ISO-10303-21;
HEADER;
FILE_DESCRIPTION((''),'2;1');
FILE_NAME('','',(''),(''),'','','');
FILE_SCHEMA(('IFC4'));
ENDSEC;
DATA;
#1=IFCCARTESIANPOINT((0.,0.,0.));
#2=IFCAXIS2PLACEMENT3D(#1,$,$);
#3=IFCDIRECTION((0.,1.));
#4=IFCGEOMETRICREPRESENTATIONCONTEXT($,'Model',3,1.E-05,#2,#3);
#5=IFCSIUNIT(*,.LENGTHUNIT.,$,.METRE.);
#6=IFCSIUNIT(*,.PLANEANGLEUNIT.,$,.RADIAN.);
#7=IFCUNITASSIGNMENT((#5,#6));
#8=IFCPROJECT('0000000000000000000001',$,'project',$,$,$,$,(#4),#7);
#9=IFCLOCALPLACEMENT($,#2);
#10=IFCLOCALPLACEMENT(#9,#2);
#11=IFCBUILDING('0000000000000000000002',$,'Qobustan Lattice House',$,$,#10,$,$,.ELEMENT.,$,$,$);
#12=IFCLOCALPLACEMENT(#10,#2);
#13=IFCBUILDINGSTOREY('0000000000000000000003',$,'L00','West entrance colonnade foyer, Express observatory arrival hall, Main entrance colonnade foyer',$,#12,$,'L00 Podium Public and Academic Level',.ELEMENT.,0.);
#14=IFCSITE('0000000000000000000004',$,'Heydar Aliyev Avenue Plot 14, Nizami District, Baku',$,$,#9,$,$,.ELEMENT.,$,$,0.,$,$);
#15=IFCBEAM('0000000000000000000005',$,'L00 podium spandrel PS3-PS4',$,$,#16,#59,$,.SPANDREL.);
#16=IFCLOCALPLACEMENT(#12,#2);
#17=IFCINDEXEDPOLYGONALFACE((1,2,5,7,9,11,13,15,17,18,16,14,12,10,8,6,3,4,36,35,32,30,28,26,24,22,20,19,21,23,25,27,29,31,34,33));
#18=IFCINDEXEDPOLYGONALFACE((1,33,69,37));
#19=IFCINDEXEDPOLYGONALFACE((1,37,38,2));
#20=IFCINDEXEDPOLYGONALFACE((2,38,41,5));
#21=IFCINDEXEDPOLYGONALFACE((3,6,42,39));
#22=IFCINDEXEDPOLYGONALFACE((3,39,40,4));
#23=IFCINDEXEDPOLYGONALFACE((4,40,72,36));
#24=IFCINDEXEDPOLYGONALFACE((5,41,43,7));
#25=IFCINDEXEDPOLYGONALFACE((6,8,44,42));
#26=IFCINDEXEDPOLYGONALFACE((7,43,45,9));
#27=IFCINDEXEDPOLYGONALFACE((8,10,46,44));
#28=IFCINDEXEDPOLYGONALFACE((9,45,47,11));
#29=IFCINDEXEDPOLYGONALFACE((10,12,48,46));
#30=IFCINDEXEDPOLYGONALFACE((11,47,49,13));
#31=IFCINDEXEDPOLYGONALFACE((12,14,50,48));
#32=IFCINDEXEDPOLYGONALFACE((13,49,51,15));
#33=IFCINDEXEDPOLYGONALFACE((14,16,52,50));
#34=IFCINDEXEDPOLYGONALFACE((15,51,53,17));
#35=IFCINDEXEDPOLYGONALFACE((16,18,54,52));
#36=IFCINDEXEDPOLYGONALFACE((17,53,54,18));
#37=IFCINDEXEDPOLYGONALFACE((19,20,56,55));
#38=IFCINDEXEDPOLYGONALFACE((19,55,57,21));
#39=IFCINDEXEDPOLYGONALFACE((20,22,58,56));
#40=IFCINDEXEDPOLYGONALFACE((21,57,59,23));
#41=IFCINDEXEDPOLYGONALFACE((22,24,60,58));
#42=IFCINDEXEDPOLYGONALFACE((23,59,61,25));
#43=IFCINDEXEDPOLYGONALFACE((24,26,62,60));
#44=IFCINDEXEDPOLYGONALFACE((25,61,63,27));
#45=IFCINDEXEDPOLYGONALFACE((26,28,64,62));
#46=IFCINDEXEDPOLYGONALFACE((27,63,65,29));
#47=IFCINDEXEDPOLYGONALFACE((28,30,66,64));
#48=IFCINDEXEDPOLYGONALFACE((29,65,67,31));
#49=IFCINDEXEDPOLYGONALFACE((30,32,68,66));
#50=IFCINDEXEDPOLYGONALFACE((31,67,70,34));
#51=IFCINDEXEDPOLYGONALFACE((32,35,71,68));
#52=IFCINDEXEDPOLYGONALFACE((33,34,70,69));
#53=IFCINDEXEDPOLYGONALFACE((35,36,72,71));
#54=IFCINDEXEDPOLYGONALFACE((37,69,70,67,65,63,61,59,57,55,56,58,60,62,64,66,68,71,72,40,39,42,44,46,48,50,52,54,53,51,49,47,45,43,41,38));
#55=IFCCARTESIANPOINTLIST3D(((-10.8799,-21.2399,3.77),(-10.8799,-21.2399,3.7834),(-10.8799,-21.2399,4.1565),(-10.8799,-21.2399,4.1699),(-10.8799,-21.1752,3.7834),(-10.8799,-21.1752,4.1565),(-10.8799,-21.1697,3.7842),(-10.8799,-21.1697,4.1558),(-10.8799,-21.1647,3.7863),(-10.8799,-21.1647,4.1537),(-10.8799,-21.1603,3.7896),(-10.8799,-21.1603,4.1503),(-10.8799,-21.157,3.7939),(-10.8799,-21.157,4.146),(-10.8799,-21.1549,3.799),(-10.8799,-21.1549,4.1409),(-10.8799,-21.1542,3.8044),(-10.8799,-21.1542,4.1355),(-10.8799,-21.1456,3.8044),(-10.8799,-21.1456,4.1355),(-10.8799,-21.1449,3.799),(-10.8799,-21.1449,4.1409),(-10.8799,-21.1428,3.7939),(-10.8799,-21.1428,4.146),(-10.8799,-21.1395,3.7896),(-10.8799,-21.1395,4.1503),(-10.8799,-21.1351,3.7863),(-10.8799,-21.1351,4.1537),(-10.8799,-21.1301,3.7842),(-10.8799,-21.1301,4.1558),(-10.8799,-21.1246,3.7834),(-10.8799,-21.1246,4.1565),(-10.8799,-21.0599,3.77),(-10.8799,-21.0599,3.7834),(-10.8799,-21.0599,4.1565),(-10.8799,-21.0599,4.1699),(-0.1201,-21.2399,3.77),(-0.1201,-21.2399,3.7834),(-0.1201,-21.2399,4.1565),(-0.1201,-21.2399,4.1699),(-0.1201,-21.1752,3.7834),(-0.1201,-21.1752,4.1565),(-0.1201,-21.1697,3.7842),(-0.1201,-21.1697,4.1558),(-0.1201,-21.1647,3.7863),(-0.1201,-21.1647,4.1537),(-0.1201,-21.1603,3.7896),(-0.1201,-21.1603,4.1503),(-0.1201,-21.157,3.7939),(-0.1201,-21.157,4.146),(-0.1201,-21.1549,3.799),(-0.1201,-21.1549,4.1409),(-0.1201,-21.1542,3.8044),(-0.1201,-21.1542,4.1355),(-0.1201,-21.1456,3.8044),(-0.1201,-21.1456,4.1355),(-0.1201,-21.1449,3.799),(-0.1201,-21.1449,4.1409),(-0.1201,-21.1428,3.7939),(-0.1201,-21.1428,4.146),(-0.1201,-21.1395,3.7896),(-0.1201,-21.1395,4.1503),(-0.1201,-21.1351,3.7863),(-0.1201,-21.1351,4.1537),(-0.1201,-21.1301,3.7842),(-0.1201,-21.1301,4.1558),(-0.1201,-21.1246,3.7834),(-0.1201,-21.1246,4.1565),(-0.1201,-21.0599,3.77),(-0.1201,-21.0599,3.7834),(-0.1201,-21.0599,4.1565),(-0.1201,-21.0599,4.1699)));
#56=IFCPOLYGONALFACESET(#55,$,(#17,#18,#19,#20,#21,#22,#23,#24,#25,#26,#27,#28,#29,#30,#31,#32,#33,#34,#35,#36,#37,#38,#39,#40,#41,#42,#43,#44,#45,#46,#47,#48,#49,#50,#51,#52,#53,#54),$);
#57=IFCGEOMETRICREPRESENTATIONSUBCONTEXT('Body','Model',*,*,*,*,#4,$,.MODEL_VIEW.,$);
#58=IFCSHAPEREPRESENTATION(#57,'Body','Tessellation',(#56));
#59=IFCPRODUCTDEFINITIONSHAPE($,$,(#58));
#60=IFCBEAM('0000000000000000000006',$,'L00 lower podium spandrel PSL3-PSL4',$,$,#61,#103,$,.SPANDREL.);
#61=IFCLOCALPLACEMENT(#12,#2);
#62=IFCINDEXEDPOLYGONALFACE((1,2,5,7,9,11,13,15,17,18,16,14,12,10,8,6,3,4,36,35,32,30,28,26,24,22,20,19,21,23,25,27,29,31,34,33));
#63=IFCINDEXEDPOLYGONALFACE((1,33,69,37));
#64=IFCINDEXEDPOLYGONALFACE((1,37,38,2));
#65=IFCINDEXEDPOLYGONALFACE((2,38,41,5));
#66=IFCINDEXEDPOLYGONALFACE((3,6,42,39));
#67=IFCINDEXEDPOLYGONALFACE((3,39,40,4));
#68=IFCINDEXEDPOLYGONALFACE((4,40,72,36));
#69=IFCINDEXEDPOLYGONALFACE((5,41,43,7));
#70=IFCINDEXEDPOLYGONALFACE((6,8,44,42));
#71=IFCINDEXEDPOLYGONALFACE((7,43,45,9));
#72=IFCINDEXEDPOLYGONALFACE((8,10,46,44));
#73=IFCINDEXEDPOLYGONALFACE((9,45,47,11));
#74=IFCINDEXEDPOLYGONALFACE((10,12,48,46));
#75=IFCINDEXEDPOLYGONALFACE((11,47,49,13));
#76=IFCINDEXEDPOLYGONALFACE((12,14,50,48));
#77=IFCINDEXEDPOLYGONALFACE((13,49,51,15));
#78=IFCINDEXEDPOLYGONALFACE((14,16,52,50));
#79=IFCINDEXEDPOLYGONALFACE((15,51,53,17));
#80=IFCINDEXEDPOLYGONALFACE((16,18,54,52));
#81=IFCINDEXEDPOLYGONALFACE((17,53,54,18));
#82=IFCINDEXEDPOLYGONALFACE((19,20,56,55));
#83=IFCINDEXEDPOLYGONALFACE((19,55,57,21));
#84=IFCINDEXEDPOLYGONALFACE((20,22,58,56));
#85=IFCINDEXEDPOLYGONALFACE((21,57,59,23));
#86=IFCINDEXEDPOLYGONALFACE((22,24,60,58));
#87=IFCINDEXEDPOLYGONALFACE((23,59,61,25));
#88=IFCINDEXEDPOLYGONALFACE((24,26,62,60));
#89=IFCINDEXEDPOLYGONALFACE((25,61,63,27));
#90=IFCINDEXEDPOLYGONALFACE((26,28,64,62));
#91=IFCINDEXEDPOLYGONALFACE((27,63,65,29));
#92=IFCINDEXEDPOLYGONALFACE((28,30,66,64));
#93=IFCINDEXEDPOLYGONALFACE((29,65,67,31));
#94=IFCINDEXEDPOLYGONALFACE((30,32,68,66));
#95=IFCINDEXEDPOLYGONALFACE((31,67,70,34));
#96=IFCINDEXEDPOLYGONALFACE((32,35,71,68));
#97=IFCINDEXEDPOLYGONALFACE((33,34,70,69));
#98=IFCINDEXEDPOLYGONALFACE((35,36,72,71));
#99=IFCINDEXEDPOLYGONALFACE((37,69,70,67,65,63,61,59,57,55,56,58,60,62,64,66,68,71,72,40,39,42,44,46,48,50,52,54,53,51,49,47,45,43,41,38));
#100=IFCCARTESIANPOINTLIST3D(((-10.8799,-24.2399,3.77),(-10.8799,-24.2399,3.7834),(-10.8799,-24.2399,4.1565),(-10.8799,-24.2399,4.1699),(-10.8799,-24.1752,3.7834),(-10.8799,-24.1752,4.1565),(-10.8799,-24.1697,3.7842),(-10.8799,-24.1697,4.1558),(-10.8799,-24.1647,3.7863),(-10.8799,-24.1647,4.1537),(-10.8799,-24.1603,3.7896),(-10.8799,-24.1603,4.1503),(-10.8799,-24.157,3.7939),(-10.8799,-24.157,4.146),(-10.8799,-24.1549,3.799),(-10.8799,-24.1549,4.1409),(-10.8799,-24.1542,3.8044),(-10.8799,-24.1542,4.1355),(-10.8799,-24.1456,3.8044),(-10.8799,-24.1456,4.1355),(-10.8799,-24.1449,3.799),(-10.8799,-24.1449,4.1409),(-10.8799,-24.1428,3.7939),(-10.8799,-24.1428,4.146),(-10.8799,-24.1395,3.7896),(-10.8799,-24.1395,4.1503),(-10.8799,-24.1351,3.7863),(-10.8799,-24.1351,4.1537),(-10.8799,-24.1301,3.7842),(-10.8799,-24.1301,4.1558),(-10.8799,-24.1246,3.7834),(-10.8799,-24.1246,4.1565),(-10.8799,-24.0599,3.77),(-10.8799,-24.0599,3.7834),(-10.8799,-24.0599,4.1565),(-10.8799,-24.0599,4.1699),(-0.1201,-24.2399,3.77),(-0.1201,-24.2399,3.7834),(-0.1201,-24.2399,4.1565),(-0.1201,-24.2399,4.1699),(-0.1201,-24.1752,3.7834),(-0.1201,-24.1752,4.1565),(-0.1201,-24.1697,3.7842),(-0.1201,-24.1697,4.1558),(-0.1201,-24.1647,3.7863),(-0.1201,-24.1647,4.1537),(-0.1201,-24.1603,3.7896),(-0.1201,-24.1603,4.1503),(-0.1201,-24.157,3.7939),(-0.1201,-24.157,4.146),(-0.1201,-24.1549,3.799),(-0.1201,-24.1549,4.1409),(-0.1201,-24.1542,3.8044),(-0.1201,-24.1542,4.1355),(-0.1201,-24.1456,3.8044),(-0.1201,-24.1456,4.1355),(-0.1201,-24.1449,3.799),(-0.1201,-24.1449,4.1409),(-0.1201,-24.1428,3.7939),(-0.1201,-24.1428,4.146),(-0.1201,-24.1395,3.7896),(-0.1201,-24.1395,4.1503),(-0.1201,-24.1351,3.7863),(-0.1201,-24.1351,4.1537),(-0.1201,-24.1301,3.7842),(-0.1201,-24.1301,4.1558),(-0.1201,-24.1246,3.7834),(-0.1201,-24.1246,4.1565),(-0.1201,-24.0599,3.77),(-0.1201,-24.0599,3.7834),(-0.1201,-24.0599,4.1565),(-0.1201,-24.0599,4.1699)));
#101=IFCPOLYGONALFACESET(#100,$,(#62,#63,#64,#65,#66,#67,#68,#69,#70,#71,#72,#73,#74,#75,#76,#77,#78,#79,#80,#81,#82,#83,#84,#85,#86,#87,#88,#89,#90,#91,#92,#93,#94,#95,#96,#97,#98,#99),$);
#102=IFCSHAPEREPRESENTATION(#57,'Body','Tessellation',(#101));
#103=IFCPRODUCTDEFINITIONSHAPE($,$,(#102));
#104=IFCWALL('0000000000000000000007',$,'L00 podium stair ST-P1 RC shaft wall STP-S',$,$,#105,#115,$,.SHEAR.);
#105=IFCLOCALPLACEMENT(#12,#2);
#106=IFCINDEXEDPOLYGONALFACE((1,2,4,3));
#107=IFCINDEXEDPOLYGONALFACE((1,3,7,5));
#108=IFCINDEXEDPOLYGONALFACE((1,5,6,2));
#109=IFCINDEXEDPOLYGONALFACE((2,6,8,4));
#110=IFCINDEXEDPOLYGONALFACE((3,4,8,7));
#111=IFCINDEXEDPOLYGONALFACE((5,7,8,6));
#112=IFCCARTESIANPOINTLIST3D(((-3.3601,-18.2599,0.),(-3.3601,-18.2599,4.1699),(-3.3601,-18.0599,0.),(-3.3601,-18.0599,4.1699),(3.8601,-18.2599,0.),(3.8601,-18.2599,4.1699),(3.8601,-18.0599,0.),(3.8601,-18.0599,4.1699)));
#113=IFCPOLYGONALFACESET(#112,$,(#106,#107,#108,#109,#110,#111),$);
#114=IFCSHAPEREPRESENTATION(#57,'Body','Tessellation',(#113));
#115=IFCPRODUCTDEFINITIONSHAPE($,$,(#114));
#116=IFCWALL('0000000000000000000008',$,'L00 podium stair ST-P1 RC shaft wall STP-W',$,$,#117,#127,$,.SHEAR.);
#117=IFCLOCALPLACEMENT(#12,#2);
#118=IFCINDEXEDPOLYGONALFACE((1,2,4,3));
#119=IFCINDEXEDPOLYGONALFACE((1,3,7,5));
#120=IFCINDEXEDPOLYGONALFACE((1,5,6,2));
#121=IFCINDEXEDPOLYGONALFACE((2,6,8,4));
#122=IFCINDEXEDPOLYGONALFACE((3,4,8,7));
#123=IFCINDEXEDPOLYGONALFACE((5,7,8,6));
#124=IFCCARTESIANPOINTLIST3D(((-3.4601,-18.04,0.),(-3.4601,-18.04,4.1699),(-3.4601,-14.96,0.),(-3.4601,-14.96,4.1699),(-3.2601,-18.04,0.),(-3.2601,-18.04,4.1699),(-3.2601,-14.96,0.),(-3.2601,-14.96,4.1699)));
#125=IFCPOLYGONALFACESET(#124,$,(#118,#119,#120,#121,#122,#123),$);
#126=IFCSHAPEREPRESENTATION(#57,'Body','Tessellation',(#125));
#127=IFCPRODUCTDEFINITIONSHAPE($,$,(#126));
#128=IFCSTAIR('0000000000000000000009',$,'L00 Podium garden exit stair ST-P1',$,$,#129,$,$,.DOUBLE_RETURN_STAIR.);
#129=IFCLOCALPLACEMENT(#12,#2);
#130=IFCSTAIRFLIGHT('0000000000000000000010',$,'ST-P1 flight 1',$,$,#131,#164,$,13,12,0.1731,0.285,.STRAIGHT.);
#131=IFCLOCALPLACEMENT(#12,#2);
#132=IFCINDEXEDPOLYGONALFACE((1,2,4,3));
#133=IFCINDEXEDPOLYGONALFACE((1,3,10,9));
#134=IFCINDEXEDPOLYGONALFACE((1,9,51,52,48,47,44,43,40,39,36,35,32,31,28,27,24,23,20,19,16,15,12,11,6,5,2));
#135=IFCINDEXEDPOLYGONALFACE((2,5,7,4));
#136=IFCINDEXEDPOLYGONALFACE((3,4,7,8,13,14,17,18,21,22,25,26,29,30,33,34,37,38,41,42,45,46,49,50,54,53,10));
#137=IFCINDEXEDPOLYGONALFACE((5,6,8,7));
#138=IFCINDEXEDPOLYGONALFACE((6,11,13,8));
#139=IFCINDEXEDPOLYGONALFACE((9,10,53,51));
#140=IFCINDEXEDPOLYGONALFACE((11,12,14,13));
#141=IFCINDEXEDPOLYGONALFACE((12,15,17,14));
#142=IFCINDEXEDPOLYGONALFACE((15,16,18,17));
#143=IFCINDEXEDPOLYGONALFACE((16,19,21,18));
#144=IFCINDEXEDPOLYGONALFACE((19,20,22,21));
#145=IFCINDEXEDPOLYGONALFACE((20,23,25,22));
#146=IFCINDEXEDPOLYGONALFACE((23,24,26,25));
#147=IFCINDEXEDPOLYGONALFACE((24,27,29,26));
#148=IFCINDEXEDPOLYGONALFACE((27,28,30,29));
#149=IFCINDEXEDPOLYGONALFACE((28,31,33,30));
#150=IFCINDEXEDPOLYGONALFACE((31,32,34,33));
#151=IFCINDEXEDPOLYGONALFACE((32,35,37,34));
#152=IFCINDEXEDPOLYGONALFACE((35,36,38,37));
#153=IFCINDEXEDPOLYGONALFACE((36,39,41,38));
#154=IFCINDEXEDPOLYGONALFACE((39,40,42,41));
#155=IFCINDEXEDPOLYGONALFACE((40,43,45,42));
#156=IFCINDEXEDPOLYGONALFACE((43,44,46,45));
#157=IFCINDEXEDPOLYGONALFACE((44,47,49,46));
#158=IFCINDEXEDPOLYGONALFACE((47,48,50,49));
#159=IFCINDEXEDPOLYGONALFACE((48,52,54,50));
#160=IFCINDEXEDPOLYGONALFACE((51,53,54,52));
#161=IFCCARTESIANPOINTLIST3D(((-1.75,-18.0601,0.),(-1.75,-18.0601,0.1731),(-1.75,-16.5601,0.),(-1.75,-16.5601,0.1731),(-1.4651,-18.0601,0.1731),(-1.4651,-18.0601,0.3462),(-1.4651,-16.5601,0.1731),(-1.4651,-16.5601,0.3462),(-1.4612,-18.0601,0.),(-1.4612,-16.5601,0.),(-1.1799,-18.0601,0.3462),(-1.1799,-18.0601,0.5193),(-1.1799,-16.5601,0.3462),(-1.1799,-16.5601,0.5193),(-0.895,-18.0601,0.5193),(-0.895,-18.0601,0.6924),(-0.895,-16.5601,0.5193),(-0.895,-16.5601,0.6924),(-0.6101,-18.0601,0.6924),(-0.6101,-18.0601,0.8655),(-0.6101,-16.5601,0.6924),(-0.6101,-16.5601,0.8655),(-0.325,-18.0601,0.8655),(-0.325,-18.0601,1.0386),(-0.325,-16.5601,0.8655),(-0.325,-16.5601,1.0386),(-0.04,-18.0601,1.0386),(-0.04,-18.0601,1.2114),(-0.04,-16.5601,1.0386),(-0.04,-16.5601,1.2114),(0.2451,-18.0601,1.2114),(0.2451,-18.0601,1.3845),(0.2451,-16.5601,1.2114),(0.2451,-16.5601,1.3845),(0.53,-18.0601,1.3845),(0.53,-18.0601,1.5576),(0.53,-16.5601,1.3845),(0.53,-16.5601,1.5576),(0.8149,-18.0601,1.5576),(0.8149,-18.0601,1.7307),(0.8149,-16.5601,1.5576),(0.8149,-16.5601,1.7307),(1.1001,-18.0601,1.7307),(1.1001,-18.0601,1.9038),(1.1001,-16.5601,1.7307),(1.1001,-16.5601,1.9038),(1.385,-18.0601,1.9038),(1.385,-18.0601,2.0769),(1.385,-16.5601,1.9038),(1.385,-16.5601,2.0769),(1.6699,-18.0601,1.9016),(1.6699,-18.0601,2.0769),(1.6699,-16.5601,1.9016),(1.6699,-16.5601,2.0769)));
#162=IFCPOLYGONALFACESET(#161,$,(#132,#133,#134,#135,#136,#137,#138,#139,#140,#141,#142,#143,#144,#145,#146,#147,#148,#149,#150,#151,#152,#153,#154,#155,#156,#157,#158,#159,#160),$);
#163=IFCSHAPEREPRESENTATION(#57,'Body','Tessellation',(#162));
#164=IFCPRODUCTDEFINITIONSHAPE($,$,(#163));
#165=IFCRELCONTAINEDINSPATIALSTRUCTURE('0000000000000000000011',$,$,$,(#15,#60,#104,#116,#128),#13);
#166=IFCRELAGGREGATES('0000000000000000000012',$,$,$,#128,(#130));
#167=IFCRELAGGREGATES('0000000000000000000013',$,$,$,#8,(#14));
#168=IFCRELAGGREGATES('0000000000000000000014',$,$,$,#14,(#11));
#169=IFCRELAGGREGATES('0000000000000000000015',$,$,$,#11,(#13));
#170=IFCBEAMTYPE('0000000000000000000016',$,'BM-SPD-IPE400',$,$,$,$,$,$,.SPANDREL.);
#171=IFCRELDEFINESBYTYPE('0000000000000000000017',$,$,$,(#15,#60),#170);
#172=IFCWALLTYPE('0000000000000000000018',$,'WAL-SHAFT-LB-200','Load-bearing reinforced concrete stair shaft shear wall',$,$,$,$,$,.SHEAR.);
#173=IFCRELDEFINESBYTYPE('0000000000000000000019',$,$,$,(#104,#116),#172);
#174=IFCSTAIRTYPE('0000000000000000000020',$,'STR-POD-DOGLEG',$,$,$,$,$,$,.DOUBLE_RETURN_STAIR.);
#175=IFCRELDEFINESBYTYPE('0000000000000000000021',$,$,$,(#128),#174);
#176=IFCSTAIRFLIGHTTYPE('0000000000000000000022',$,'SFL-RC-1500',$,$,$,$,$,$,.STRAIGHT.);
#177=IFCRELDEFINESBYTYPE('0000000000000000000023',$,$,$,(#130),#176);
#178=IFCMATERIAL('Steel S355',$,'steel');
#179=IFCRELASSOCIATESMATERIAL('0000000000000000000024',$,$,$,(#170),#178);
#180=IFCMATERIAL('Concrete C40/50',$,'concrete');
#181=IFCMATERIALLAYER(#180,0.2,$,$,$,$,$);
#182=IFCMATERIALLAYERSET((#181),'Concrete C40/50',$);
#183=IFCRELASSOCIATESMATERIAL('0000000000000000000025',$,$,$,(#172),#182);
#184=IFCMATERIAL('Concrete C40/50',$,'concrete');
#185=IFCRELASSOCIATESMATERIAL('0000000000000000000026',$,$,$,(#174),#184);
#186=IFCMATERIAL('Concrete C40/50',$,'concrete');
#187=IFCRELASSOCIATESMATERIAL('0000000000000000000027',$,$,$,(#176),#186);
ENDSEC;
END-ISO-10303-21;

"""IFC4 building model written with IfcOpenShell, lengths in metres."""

from ifc_helpers import new_model, si_unit, direction, frame, frame_2d, origin, origin_2d, place, context, subcontext, project, spatial, polyline, rectangle, i_section, outline, extrude, material, layer, layer_set, material_profile, profile_set, type_object, element, aggregate, save


model = new_model("IFC4")

# Units and contexts
model_context = context("Model", 3, precision=1e-05, world=origin(), true_north=direction((0.0, 1.0)))
body_context = subcontext(model_context, "Body", "Model", "MODEL_VIEW")
ifc_project = project(units=[si_unit("LENGTHUNIT", "METRE"), si_unit("PLANEANGLEUNIT", "RADIAN")], contexts=[model_context])

# Site, building, storey
site_placement = place(None, origin())
site = spatial("IfcSite", under=ifc_project, at=site_placement, Name="Heydar Aliyev Avenue Plot 14, Nizami District, Baku", CompositionType="ELEMENT", RefElevation=0.0)
building_placement = place(site_placement, origin())
building = spatial("IfcBuilding", under=site, at=building_placement, Name="Qobustan Lattice House", CompositionType="ELEMENT")
storey_placement = place(building_placement, origin())
storey = spatial("IfcBuildingStorey", under=building, at=storey_placement, Name="L00", Description="West entrance colonnade foyer, Express observatory arrival hall, Main entrance colonnade foyer", LongName="L00 Podium Public and Academic Level", CompositionType="ELEMENT", Elevation=0.0)

# Beams
ifc_material_1 = material(Name="Steel S355", Category="steel")
ifc_material_profile_1 = material_profile(ifc_material_1, i_section(OverallWidth=0.1799, OverallDepth=0.3999, WebThickness=0.0085, FlangeThickness=0.0134, FilletRadius=0.021, at=origin_2d()), Name="IPE400")
ifc_profile_set_1 = profile_set([ifc_material_profile_1], Name="Steel S355")
beam_type_1 = type_object("IfcBeamType", Name="BM-SPD-IPE400", PredefinedType="SPANDREL", material=ifc_profile_set_1)
for number, where, z_axis, x_axis, name in (
    (1, (-10.8799, -21.1499, 3.97), (1.0, 0.0, 0.0), (0.0, 1.0, 0.0), "L00 podium spandrel PS3-PS4"),
    (2, (-10.8799, -24.1499, 3.97), (1.0, 0.0, 0.0), (0.0, 1.0, 0.0), "L00 lower podium spandrel PSL3-PSL4"),
):
    element("IfcBeam", number, at=place(storey_placement, frame(where, z_axis=z_axis, x_axis=x_axis)), inside=storey, type_object=beam_type_1, Name=name, PredefinedType="SPANDREL", context=body_context, shape_type="SweptSolid", body=[
        extrude(i_section(OverallWidth=0.1799, OverallDepth=0.3999, WebThickness=0.0085, FlangeThickness=0.0134, FilletRadius=0.021, at=origin_2d()), origin(), (0.0, 0.0, 1.0), 10.7598),
    ])

# Walls
ifc_material_2 = material(Name="Concrete C40/50", Category="concrete")
ifc_layer = layer(ifc_material_2, 0.2)
ifc_layer_set = layer_set([ifc_layer], Name="Concrete C40/50")
wall_type = type_object("IfcWallType", Name="WAL-SHAFT-LB-200", Description="Load-bearing reinforced concrete stair shaft shear wall", PredefinedType="SHEAR", material=ifc_layer_set)
wall_1_placement = place(storey_placement, frame((-3.3601, -18.1599, 0.0), z_axis=(0.0, 0.0, 1.0), x_axis=(1.0, 0.0, 0.0)))
element("IfcWall", 3, at=wall_1_placement, inside=storey, type_object=wall_type, Name="L00 podium stair ST-P1 RC shaft wall STP-S", PredefinedType="SHEAR", context=body_context, shape_type="SweptSolid", body=[
    extrude(rectangle(XDim=7.2202, YDim=0.2, at=frame_2d((3.6101, 0.0))), origin(), (0.0, 0.0, 1.0), 4.1699),
])
wall_2_placement = place(storey_placement, frame((-3.3601, -18.04, 0.0), z_axis=(0.0, 0.0, 1.0), x_axis=(0.0, 1.0, 0.0)))
element("IfcWall", 4, at=wall_2_placement, inside=storey, type_object=wall_type, Name="L00 podium stair ST-P1 RC shaft wall STP-W", PredefinedType="SHEAR", context=body_context, shape_type="SweptSolid", body=[
    extrude(rectangle(XDim=3.0801, YDim=0.2, at=frame_2d((1.54, 0.0))), origin(), (0.0, 0.0, 1.0), 4.1699),
])

# Stair, stair flight
ifc_material_3 = material(Name="Concrete C40/50", Category="concrete")
stair_type = type_object("IfcStairType", Name="STR-POD-DOGLEG", PredefinedType="DOUBLE_RETURN_STAIR", material=ifc_material_3)
stair_placement = place(storey_placement, origin())
stair = element("IfcStair", 5, at=stair_placement, inside=storey, type_object=stair_type, Name="L00 Podium garden exit stair ST-P1", PredefinedType="DOUBLE_RETURN_STAIR")
ifc_material_4 = material(Name="Concrete C40/50", Category="concrete")
stair_flight_type = type_object("IfcStairFlightType", Name="SFL-RC-1500", PredefinedType="STRAIGHT", material=ifc_material_4)
stair_flight_placement = place(storey_placement, frame((-1.75, -17.3101, 0.0), z_axis=(0.0, 0.0, 1.0), x_axis=(1.0, 0.0, 0.0)))
stair_flight = element("IfcStairFlight", 6, at=stair_flight_placement, type_object=stair_flight_type, Name="ST-P1 flight 1", NumberOfRisers=13, NumberOfTreads=12, PredefinedType="STRAIGHT", RiserHeight=0.1731, TreadLength=0.285, context=body_context, shape_type="SweptSolid", body=[
    extrude(outline(polyline([(0.0, 0.0), (0.0, 0.1731), (0.2849, 0.1731), (0.2849, 0.3462), (0.5701, 0.3462), (0.5701, 0.5193), (0.855, 0.5193), (0.855, 0.6924), (1.1399, 0.6924), (1.1399, 0.8655), (1.425, 0.8655), (1.425, 1.0386), (1.71, 1.0386), (1.71, 1.2114), (1.9951, 1.2114), (1.9951, 1.3845), (2.28, 1.3845), (2.28, 1.5576), (2.5649, 1.5576), (2.5649, 1.7307), (2.8501, 1.7307), (2.8501, 1.9038), (3.135, 1.9038), (3.135, 2.0769), (3.4199, 2.0769), (3.4199, 2.25), (3.4199, 1.9016), (0.2888, 0.0), (0.0, 0.0)])), frame((0.0, 0.75, 0.0), z_axis=(0.0, -1.0, 0.0), x_axis=(1.0, 0.0, 0.0)), (0.0, 0.0, 1.0), 1.5),
])
aggregate(stair, [stair_flight])

save(model, "model.ifc")
